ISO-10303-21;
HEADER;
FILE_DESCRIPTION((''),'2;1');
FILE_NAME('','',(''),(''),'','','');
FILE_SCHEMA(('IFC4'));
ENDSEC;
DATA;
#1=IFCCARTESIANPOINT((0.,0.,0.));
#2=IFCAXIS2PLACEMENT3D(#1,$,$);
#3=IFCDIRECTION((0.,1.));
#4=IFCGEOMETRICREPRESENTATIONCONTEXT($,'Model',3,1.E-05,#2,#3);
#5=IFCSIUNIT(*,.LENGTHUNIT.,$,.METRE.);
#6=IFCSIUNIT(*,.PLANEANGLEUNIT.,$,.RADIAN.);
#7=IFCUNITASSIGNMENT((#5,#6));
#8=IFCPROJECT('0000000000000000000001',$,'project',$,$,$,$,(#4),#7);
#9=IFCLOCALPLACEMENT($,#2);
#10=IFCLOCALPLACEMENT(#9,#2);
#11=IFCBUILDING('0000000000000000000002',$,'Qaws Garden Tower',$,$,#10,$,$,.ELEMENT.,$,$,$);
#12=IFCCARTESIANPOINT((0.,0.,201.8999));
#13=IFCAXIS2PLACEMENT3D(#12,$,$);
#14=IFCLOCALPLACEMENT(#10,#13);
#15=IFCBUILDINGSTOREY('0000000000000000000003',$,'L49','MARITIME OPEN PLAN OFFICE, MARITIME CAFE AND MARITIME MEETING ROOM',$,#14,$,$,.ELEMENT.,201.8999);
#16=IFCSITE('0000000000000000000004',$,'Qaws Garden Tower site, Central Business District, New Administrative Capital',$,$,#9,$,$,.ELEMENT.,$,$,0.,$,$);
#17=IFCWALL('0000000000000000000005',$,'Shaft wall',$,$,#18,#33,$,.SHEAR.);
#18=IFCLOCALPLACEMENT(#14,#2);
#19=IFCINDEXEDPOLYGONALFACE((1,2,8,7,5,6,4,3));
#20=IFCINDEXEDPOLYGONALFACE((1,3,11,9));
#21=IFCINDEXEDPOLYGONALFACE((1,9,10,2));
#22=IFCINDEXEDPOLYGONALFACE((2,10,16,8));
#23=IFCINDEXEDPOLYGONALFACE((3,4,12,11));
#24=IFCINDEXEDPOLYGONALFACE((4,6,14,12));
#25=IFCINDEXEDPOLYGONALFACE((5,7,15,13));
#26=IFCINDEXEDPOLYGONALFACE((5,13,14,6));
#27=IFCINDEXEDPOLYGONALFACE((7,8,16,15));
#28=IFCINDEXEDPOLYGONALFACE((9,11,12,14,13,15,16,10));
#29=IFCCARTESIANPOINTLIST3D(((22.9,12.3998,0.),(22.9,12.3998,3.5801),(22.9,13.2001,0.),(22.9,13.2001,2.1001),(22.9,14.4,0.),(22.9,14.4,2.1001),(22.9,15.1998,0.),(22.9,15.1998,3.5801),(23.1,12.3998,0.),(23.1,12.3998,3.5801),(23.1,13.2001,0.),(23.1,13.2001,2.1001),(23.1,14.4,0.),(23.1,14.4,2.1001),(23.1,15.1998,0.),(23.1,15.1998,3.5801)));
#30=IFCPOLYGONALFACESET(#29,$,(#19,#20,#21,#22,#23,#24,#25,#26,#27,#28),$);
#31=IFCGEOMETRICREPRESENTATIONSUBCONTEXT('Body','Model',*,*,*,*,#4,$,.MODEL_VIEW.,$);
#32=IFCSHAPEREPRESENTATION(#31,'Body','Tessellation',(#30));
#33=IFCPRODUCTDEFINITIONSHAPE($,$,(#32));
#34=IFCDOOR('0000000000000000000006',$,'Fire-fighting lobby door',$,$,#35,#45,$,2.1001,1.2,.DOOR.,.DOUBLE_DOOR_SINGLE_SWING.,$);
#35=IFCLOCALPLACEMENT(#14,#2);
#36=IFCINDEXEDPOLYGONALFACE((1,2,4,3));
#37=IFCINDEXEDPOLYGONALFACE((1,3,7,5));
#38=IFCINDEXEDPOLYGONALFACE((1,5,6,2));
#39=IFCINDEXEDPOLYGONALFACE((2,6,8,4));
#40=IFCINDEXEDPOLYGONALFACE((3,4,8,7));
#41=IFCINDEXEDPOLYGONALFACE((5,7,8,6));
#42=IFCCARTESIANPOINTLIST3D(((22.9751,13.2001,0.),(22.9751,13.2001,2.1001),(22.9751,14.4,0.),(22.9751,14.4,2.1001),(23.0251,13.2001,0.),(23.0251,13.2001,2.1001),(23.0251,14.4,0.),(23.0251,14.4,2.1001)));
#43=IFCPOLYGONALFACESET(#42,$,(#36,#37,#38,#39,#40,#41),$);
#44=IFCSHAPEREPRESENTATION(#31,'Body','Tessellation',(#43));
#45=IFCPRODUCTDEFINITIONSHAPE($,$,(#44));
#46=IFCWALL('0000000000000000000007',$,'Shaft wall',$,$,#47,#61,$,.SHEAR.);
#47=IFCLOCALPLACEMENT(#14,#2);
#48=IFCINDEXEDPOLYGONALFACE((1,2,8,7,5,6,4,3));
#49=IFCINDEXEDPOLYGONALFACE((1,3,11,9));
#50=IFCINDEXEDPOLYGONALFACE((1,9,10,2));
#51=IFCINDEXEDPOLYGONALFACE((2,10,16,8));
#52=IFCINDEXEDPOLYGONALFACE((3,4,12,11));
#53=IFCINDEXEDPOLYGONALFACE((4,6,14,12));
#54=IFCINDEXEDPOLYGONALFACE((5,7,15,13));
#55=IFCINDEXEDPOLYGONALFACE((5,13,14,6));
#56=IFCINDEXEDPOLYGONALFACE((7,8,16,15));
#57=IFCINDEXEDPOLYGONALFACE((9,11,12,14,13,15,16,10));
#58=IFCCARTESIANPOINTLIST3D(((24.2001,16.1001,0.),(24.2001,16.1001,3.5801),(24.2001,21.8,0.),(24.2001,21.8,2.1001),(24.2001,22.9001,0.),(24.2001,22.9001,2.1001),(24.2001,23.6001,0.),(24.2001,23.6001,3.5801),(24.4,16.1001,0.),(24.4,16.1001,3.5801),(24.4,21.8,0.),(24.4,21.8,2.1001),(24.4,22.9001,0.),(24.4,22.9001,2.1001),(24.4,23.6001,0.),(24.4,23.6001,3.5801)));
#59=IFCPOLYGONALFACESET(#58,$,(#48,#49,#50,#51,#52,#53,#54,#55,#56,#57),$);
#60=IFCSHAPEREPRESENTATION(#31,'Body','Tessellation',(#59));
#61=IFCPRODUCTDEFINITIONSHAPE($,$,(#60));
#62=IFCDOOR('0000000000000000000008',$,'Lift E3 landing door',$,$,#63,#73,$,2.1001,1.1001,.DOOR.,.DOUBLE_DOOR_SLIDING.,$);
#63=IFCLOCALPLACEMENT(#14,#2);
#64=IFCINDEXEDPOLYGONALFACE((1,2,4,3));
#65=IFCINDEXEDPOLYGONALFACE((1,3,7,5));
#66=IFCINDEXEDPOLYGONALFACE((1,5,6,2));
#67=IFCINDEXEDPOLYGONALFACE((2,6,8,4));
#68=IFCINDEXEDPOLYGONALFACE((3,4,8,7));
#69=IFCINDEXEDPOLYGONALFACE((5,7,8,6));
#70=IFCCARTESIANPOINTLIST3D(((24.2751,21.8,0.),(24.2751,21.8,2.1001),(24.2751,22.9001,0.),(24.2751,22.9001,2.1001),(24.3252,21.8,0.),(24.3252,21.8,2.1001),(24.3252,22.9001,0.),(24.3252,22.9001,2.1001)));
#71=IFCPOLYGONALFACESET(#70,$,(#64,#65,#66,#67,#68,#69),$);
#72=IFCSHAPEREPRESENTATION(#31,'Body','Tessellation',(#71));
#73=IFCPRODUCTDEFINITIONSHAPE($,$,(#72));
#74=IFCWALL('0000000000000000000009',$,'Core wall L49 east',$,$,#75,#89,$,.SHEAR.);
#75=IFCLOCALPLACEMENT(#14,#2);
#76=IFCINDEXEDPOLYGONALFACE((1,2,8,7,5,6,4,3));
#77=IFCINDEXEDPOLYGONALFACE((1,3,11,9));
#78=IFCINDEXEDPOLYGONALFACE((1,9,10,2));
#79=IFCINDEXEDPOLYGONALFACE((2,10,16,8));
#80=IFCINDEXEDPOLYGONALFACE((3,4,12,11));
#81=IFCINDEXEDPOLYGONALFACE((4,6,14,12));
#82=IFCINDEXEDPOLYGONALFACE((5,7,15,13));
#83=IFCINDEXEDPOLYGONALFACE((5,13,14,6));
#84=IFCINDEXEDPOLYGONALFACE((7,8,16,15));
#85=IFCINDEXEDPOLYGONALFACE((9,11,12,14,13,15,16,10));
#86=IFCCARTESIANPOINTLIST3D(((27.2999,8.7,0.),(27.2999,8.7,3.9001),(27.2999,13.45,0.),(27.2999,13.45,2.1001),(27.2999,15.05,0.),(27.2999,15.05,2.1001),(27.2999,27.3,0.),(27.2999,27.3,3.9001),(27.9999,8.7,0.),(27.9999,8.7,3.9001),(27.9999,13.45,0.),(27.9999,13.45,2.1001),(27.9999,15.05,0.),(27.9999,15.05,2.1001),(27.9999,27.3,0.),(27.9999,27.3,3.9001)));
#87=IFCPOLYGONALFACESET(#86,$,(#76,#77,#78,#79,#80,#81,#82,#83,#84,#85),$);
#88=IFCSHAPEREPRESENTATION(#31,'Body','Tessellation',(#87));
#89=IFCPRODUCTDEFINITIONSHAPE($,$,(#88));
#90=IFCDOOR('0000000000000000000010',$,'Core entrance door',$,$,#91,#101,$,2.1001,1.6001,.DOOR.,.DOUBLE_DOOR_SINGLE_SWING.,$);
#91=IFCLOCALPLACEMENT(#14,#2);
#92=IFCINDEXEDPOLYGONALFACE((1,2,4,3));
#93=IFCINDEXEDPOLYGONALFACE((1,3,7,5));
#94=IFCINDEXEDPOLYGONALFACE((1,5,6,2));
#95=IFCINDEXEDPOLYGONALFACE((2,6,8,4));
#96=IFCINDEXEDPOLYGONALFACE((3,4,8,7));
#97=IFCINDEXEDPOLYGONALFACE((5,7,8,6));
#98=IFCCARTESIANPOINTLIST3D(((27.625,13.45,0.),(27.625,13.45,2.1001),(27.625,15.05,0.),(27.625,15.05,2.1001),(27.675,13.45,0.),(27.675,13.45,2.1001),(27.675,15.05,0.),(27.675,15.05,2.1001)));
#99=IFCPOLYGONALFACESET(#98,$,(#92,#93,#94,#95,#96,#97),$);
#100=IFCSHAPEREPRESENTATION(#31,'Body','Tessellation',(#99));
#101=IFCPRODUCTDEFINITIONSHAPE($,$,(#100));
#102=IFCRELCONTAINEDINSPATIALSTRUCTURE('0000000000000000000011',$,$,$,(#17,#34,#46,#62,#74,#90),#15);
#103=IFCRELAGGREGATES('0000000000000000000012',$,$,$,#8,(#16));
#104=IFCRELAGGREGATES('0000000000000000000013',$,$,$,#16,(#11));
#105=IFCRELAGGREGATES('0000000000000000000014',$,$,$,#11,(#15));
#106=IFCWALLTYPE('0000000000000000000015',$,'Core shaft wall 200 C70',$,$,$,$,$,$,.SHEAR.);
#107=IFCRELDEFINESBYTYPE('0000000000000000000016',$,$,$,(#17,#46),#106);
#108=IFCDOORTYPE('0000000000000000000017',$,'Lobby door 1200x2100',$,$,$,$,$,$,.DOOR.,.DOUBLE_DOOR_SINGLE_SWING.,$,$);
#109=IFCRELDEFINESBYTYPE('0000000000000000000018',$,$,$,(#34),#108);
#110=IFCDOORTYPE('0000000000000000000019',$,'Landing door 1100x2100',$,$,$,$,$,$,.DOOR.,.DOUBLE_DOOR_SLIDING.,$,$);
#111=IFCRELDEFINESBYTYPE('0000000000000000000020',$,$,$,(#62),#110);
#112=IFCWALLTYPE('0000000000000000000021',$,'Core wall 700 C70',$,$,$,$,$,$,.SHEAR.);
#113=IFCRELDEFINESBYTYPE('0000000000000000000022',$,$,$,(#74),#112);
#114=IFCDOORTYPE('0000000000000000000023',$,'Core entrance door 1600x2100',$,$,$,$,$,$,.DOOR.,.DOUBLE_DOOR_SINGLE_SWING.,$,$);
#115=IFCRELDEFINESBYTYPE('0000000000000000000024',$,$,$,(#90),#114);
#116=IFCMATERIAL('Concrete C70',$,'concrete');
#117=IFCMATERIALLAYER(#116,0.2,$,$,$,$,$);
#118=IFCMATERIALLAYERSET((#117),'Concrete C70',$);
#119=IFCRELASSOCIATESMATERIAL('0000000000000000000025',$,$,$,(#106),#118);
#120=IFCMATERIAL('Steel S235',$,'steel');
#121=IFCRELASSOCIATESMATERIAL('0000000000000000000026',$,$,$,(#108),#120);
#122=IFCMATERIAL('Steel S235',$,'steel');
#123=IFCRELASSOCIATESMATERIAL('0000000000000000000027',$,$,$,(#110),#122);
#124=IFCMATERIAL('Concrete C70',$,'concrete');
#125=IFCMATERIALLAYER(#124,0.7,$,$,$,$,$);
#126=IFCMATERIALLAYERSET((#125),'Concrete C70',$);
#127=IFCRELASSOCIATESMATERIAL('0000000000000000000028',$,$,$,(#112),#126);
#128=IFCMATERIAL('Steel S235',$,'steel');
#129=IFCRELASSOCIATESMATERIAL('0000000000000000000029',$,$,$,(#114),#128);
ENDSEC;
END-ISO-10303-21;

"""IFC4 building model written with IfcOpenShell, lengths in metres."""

from ifc_helpers import new_model, si_unit, direction, frame, frame_2d, origin, place, context, subcontext, project, spatial, rectangle, extrude, material, layer, layer_set, type_object, element, fill, save


model = new_model("IFC4")

# Units and contexts
model_context = context("Model", 3, precision=1e-05, world=origin(), true_north=direction((0.0, 1.0)))
body_context = subcontext(model_context, "Body", "Model", "MODEL_VIEW")
ifc_project = project(units=[si_unit("LENGTHUNIT", "METRE"), si_unit("PLANEANGLEUNIT", "RADIAN")], contexts=[model_context])

# Site, building, storey
site_placement = place(None, origin())
site = spatial("IfcSite", under=ifc_project, at=site_placement, Name="Qaws Garden Tower site, Central Business District, New Administrative Capital", CompositionType="ELEMENT", RefElevation=0.0)
building_placement = place(site_placement, origin())
building = spatial("IfcBuilding", under=site, at=building_placement, Name="Qaws Garden Tower", CompositionType="ELEMENT")
storey_placement = place(building_placement, frame((0.0, 0.0, 201.8999)))
storey = spatial("IfcBuildingStorey", under=building, at=storey_placement, Name="L49", Description="MARITIME OPEN PLAN OFFICE, MARITIME CAFE AND MARITIME MEETING ROOM", CompositionType="ELEMENT", Elevation=201.8999)

# Shared definitions
ifc_material_1 = material(Name="Concrete C70", Category="concrete")
ifc_layer_1 = layer(ifc_material_1, 0.2)
ifc_layer_set_1 = layer_set([ifc_layer_1], Name="Concrete C70")
wall_type_1 = type_object("IfcWallType", Name="Core shaft wall 200 C70", PredefinedType="SHEAR", material=ifc_layer_set_1)

# Walls, openings, doors
wall_1_placement = place(storey_placement, frame((23.0, 12.3999, 0.0), z_axis=(0.0, 0.0, 1.0), x_axis=(0.0, 1.0, 0.0)))
wall_1 = element("IfcWall", 1, at=wall_1_placement, inside=storey, type_object=wall_type_1, Name="Shaft wall", PredefinedType="SHEAR", context=body_context, shape_type="SweptSolid", body=[
    extrude(rectangle(XDim=2.8, YDim=0.2, at=frame_2d((1.3999, 0.0))), origin(), (0.0, 0.0, 1.0), 3.5801),
])
opening_1_placement = place(wall_1_placement, frame((0.8, 0.0, 0.0)))
opening_1 = element("IfcOpeningElement", 2, at=opening_1_placement, cuts=wall_1, PredefinedType="OPENING", context=body_context, shape_type="SweptSolid", body=[
    extrude(rectangle(XDim=1.2, YDim=2.1001, at=frame_2d((0.6001, 1.05))), frame((0.0, 0.1099, 0.0), z_axis=(0.0, -1.0, 0.0), x_axis=(1.0, 0.0, 0.0)), (0.0, 0.0, 1.0), 0.22),
])
ifc_material_2 = material(Name="Steel S235", Category="steel")
door_type_1 = type_object("IfcDoorType", Name="Lobby door 1200x2100", OperationType="DOUBLE_DOOR_SINGLE_SWING", PredefinedType="DOOR", material=ifc_material_2)
door_1_placement = place(opening_1_placement, origin())
door_1 = element("IfcDoor", 3, at=door_1_placement, inside=storey, type_object=door_type_1, Name="Fire-fighting lobby door", OperationType="DOUBLE_DOOR_SINGLE_SWING", OverallHeight=2.1001, OverallWidth=1.2, PredefinedType="DOOR", context=body_context, shape_type="SweptSolid", body=[
    extrude(rectangle(XDim=1.2, YDim=2.1001, at=frame_2d((0.6001, 1.05))), frame((0.0, 0.0249, 0.0), z_axis=(0.0, -1.0, 0.0), x_axis=(1.0, 0.0, 0.0)), (0.0, 0.0, 1.0), 0.05),
])
fill(opening_1, door_1)
wall_2_placement = place(storey_placement, frame((24.3, 16.1001, 0.0), z_axis=(0.0, 0.0, 1.0), x_axis=(0.0, 1.0, 0.0)))
wall_2 = element("IfcWall", 4, at=wall_2_placement, inside=storey, type_object=wall_type_1, Name="Shaft wall", PredefinedType="SHEAR", context=body_context, shape_type="SweptSolid", body=[
    extrude(rectangle(XDim=7.5, YDim=0.2, at=frame_2d((3.75, 0.0))), origin(), (0.0, 0.0, 1.0), 3.5801),
])
opening_2_placement = place(wall_2_placement, frame((5.7, 0.0, 0.0)))
opening_2 = element("IfcOpeningElement", 5, at=opening_2_placement, cuts=wall_2, PredefinedType="OPENING", context=body_context, shape_type="SweptSolid", body=[
    extrude(rectangle(XDim=1.1001, YDim=2.1001, at=frame_2d((0.55, 1.05))), frame((0.0, 0.1099, 0.0), z_axis=(0.0, -1.0, 0.0), x_axis=(1.0, 0.0, 0.0)), (0.0, 0.0, 1.0), 0.22),
])
ifc_material_3 = material(Name="Steel S235", Category="steel")
door_type_2 = type_object("IfcDoorType", Name="Landing door 1100x2100", OperationType="DOUBLE_DOOR_SLIDING", PredefinedType="DOOR", material=ifc_material_3)
door_2_placement = place(opening_2_placement, origin())
door_2 = element("IfcDoor", 6, at=door_2_placement, inside=storey, type_object=door_type_2, Name="Lift E3 landing door", OperationType="DOUBLE_DOOR_SLIDING", OverallHeight=2.1001, OverallWidth=1.1001, PredefinedType="DOOR", context=body_context, shape_type="SweptSolid", body=[
    extrude(rectangle(XDim=1.1001, YDim=2.1001, at=frame_2d((0.55, 1.05))), frame((0.0, 0.0249, 0.0), z_axis=(0.0, -1.0, 0.0), x_axis=(1.0, 0.0, 0.0)), (0.0, 0.0, 1.0), 0.05),
])
fill(opening_2, door_2)
ifc_material_4 = material(Name="Concrete C70", Category="concrete")
ifc_layer_2 = layer(ifc_material_4, 0.7)
ifc_layer_set_2 = layer_set([ifc_layer_2], Name="Concrete C70")
wall_type_2 = type_object("IfcWallType", Name="Core wall 700 C70", PredefinedType="SHEAR", material=ifc_layer_set_2)
wall_3_placement = place(storey_placement, frame((27.6499, 8.7, 0.0), z_axis=(0.0, 0.0, 1.0), x_axis=(0.0, 1.0, 0.0)))
wall_3 = element("IfcWall", 7, at=wall_3_placement, inside=storey, type_object=wall_type_2, Name="Core wall L49 east", PredefinedType="SHEAR", context=body_context, shape_type="SweptSolid", body=[
    extrude(rectangle(XDim=18.6001, YDim=0.7, at=frame_2d((9.3, 0.0))), origin(), (0.0, 0.0, 1.0), 3.9001),
])
opening_3_placement = place(wall_3_placement, frame((4.75, 0.0, 0.0)))
opening_3 = element("IfcOpeningElement", 8, at=opening_3_placement, cuts=wall_3, PredefinedType="OPENING", context=body_context, shape_type="SweptSolid", body=[
    extrude(rectangle(XDim=1.6001, YDim=2.1001, at=frame_2d((0.8, 1.05))), frame((0.0, 0.3599, 0.0), z_axis=(0.0, -1.0, 0.0), x_axis=(1.0, 0.0, 0.0)), (0.0, 0.0, 1.0), 0.72),
])
ifc_material_5 = material(Name="Steel S235", Category="steel")
door_type_3 = type_object("IfcDoorType", Name="Core entrance door 1600x2100", OperationType="DOUBLE_DOOR_SINGLE_SWING", PredefinedType="DOOR", material=ifc_material_5)
door_3_placement = place(opening_3_placement, origin())
door_3 = element("IfcDoor", 9, at=door_3_placement, inside=storey, type_object=door_type_3, Name="Core entrance door", OperationType="DOUBLE_DOOR_SINGLE_SWING", OverallHeight=2.1001, OverallWidth=1.6001, PredefinedType="DOOR", context=body_context, shape_type="SweptSolid", body=[
    extrude(rectangle(XDim=1.6001, YDim=2.1001, at=frame_2d((0.8, 1.05))), frame((0.0, 0.0249, 0.0), z_axis=(0.0, -1.0, 0.0), x_axis=(1.0, 0.0, 0.0)), (0.0, 0.0, 1.0), 0.05),
])
fill(opening_3, door_3)

save(model, "model.ifc")
